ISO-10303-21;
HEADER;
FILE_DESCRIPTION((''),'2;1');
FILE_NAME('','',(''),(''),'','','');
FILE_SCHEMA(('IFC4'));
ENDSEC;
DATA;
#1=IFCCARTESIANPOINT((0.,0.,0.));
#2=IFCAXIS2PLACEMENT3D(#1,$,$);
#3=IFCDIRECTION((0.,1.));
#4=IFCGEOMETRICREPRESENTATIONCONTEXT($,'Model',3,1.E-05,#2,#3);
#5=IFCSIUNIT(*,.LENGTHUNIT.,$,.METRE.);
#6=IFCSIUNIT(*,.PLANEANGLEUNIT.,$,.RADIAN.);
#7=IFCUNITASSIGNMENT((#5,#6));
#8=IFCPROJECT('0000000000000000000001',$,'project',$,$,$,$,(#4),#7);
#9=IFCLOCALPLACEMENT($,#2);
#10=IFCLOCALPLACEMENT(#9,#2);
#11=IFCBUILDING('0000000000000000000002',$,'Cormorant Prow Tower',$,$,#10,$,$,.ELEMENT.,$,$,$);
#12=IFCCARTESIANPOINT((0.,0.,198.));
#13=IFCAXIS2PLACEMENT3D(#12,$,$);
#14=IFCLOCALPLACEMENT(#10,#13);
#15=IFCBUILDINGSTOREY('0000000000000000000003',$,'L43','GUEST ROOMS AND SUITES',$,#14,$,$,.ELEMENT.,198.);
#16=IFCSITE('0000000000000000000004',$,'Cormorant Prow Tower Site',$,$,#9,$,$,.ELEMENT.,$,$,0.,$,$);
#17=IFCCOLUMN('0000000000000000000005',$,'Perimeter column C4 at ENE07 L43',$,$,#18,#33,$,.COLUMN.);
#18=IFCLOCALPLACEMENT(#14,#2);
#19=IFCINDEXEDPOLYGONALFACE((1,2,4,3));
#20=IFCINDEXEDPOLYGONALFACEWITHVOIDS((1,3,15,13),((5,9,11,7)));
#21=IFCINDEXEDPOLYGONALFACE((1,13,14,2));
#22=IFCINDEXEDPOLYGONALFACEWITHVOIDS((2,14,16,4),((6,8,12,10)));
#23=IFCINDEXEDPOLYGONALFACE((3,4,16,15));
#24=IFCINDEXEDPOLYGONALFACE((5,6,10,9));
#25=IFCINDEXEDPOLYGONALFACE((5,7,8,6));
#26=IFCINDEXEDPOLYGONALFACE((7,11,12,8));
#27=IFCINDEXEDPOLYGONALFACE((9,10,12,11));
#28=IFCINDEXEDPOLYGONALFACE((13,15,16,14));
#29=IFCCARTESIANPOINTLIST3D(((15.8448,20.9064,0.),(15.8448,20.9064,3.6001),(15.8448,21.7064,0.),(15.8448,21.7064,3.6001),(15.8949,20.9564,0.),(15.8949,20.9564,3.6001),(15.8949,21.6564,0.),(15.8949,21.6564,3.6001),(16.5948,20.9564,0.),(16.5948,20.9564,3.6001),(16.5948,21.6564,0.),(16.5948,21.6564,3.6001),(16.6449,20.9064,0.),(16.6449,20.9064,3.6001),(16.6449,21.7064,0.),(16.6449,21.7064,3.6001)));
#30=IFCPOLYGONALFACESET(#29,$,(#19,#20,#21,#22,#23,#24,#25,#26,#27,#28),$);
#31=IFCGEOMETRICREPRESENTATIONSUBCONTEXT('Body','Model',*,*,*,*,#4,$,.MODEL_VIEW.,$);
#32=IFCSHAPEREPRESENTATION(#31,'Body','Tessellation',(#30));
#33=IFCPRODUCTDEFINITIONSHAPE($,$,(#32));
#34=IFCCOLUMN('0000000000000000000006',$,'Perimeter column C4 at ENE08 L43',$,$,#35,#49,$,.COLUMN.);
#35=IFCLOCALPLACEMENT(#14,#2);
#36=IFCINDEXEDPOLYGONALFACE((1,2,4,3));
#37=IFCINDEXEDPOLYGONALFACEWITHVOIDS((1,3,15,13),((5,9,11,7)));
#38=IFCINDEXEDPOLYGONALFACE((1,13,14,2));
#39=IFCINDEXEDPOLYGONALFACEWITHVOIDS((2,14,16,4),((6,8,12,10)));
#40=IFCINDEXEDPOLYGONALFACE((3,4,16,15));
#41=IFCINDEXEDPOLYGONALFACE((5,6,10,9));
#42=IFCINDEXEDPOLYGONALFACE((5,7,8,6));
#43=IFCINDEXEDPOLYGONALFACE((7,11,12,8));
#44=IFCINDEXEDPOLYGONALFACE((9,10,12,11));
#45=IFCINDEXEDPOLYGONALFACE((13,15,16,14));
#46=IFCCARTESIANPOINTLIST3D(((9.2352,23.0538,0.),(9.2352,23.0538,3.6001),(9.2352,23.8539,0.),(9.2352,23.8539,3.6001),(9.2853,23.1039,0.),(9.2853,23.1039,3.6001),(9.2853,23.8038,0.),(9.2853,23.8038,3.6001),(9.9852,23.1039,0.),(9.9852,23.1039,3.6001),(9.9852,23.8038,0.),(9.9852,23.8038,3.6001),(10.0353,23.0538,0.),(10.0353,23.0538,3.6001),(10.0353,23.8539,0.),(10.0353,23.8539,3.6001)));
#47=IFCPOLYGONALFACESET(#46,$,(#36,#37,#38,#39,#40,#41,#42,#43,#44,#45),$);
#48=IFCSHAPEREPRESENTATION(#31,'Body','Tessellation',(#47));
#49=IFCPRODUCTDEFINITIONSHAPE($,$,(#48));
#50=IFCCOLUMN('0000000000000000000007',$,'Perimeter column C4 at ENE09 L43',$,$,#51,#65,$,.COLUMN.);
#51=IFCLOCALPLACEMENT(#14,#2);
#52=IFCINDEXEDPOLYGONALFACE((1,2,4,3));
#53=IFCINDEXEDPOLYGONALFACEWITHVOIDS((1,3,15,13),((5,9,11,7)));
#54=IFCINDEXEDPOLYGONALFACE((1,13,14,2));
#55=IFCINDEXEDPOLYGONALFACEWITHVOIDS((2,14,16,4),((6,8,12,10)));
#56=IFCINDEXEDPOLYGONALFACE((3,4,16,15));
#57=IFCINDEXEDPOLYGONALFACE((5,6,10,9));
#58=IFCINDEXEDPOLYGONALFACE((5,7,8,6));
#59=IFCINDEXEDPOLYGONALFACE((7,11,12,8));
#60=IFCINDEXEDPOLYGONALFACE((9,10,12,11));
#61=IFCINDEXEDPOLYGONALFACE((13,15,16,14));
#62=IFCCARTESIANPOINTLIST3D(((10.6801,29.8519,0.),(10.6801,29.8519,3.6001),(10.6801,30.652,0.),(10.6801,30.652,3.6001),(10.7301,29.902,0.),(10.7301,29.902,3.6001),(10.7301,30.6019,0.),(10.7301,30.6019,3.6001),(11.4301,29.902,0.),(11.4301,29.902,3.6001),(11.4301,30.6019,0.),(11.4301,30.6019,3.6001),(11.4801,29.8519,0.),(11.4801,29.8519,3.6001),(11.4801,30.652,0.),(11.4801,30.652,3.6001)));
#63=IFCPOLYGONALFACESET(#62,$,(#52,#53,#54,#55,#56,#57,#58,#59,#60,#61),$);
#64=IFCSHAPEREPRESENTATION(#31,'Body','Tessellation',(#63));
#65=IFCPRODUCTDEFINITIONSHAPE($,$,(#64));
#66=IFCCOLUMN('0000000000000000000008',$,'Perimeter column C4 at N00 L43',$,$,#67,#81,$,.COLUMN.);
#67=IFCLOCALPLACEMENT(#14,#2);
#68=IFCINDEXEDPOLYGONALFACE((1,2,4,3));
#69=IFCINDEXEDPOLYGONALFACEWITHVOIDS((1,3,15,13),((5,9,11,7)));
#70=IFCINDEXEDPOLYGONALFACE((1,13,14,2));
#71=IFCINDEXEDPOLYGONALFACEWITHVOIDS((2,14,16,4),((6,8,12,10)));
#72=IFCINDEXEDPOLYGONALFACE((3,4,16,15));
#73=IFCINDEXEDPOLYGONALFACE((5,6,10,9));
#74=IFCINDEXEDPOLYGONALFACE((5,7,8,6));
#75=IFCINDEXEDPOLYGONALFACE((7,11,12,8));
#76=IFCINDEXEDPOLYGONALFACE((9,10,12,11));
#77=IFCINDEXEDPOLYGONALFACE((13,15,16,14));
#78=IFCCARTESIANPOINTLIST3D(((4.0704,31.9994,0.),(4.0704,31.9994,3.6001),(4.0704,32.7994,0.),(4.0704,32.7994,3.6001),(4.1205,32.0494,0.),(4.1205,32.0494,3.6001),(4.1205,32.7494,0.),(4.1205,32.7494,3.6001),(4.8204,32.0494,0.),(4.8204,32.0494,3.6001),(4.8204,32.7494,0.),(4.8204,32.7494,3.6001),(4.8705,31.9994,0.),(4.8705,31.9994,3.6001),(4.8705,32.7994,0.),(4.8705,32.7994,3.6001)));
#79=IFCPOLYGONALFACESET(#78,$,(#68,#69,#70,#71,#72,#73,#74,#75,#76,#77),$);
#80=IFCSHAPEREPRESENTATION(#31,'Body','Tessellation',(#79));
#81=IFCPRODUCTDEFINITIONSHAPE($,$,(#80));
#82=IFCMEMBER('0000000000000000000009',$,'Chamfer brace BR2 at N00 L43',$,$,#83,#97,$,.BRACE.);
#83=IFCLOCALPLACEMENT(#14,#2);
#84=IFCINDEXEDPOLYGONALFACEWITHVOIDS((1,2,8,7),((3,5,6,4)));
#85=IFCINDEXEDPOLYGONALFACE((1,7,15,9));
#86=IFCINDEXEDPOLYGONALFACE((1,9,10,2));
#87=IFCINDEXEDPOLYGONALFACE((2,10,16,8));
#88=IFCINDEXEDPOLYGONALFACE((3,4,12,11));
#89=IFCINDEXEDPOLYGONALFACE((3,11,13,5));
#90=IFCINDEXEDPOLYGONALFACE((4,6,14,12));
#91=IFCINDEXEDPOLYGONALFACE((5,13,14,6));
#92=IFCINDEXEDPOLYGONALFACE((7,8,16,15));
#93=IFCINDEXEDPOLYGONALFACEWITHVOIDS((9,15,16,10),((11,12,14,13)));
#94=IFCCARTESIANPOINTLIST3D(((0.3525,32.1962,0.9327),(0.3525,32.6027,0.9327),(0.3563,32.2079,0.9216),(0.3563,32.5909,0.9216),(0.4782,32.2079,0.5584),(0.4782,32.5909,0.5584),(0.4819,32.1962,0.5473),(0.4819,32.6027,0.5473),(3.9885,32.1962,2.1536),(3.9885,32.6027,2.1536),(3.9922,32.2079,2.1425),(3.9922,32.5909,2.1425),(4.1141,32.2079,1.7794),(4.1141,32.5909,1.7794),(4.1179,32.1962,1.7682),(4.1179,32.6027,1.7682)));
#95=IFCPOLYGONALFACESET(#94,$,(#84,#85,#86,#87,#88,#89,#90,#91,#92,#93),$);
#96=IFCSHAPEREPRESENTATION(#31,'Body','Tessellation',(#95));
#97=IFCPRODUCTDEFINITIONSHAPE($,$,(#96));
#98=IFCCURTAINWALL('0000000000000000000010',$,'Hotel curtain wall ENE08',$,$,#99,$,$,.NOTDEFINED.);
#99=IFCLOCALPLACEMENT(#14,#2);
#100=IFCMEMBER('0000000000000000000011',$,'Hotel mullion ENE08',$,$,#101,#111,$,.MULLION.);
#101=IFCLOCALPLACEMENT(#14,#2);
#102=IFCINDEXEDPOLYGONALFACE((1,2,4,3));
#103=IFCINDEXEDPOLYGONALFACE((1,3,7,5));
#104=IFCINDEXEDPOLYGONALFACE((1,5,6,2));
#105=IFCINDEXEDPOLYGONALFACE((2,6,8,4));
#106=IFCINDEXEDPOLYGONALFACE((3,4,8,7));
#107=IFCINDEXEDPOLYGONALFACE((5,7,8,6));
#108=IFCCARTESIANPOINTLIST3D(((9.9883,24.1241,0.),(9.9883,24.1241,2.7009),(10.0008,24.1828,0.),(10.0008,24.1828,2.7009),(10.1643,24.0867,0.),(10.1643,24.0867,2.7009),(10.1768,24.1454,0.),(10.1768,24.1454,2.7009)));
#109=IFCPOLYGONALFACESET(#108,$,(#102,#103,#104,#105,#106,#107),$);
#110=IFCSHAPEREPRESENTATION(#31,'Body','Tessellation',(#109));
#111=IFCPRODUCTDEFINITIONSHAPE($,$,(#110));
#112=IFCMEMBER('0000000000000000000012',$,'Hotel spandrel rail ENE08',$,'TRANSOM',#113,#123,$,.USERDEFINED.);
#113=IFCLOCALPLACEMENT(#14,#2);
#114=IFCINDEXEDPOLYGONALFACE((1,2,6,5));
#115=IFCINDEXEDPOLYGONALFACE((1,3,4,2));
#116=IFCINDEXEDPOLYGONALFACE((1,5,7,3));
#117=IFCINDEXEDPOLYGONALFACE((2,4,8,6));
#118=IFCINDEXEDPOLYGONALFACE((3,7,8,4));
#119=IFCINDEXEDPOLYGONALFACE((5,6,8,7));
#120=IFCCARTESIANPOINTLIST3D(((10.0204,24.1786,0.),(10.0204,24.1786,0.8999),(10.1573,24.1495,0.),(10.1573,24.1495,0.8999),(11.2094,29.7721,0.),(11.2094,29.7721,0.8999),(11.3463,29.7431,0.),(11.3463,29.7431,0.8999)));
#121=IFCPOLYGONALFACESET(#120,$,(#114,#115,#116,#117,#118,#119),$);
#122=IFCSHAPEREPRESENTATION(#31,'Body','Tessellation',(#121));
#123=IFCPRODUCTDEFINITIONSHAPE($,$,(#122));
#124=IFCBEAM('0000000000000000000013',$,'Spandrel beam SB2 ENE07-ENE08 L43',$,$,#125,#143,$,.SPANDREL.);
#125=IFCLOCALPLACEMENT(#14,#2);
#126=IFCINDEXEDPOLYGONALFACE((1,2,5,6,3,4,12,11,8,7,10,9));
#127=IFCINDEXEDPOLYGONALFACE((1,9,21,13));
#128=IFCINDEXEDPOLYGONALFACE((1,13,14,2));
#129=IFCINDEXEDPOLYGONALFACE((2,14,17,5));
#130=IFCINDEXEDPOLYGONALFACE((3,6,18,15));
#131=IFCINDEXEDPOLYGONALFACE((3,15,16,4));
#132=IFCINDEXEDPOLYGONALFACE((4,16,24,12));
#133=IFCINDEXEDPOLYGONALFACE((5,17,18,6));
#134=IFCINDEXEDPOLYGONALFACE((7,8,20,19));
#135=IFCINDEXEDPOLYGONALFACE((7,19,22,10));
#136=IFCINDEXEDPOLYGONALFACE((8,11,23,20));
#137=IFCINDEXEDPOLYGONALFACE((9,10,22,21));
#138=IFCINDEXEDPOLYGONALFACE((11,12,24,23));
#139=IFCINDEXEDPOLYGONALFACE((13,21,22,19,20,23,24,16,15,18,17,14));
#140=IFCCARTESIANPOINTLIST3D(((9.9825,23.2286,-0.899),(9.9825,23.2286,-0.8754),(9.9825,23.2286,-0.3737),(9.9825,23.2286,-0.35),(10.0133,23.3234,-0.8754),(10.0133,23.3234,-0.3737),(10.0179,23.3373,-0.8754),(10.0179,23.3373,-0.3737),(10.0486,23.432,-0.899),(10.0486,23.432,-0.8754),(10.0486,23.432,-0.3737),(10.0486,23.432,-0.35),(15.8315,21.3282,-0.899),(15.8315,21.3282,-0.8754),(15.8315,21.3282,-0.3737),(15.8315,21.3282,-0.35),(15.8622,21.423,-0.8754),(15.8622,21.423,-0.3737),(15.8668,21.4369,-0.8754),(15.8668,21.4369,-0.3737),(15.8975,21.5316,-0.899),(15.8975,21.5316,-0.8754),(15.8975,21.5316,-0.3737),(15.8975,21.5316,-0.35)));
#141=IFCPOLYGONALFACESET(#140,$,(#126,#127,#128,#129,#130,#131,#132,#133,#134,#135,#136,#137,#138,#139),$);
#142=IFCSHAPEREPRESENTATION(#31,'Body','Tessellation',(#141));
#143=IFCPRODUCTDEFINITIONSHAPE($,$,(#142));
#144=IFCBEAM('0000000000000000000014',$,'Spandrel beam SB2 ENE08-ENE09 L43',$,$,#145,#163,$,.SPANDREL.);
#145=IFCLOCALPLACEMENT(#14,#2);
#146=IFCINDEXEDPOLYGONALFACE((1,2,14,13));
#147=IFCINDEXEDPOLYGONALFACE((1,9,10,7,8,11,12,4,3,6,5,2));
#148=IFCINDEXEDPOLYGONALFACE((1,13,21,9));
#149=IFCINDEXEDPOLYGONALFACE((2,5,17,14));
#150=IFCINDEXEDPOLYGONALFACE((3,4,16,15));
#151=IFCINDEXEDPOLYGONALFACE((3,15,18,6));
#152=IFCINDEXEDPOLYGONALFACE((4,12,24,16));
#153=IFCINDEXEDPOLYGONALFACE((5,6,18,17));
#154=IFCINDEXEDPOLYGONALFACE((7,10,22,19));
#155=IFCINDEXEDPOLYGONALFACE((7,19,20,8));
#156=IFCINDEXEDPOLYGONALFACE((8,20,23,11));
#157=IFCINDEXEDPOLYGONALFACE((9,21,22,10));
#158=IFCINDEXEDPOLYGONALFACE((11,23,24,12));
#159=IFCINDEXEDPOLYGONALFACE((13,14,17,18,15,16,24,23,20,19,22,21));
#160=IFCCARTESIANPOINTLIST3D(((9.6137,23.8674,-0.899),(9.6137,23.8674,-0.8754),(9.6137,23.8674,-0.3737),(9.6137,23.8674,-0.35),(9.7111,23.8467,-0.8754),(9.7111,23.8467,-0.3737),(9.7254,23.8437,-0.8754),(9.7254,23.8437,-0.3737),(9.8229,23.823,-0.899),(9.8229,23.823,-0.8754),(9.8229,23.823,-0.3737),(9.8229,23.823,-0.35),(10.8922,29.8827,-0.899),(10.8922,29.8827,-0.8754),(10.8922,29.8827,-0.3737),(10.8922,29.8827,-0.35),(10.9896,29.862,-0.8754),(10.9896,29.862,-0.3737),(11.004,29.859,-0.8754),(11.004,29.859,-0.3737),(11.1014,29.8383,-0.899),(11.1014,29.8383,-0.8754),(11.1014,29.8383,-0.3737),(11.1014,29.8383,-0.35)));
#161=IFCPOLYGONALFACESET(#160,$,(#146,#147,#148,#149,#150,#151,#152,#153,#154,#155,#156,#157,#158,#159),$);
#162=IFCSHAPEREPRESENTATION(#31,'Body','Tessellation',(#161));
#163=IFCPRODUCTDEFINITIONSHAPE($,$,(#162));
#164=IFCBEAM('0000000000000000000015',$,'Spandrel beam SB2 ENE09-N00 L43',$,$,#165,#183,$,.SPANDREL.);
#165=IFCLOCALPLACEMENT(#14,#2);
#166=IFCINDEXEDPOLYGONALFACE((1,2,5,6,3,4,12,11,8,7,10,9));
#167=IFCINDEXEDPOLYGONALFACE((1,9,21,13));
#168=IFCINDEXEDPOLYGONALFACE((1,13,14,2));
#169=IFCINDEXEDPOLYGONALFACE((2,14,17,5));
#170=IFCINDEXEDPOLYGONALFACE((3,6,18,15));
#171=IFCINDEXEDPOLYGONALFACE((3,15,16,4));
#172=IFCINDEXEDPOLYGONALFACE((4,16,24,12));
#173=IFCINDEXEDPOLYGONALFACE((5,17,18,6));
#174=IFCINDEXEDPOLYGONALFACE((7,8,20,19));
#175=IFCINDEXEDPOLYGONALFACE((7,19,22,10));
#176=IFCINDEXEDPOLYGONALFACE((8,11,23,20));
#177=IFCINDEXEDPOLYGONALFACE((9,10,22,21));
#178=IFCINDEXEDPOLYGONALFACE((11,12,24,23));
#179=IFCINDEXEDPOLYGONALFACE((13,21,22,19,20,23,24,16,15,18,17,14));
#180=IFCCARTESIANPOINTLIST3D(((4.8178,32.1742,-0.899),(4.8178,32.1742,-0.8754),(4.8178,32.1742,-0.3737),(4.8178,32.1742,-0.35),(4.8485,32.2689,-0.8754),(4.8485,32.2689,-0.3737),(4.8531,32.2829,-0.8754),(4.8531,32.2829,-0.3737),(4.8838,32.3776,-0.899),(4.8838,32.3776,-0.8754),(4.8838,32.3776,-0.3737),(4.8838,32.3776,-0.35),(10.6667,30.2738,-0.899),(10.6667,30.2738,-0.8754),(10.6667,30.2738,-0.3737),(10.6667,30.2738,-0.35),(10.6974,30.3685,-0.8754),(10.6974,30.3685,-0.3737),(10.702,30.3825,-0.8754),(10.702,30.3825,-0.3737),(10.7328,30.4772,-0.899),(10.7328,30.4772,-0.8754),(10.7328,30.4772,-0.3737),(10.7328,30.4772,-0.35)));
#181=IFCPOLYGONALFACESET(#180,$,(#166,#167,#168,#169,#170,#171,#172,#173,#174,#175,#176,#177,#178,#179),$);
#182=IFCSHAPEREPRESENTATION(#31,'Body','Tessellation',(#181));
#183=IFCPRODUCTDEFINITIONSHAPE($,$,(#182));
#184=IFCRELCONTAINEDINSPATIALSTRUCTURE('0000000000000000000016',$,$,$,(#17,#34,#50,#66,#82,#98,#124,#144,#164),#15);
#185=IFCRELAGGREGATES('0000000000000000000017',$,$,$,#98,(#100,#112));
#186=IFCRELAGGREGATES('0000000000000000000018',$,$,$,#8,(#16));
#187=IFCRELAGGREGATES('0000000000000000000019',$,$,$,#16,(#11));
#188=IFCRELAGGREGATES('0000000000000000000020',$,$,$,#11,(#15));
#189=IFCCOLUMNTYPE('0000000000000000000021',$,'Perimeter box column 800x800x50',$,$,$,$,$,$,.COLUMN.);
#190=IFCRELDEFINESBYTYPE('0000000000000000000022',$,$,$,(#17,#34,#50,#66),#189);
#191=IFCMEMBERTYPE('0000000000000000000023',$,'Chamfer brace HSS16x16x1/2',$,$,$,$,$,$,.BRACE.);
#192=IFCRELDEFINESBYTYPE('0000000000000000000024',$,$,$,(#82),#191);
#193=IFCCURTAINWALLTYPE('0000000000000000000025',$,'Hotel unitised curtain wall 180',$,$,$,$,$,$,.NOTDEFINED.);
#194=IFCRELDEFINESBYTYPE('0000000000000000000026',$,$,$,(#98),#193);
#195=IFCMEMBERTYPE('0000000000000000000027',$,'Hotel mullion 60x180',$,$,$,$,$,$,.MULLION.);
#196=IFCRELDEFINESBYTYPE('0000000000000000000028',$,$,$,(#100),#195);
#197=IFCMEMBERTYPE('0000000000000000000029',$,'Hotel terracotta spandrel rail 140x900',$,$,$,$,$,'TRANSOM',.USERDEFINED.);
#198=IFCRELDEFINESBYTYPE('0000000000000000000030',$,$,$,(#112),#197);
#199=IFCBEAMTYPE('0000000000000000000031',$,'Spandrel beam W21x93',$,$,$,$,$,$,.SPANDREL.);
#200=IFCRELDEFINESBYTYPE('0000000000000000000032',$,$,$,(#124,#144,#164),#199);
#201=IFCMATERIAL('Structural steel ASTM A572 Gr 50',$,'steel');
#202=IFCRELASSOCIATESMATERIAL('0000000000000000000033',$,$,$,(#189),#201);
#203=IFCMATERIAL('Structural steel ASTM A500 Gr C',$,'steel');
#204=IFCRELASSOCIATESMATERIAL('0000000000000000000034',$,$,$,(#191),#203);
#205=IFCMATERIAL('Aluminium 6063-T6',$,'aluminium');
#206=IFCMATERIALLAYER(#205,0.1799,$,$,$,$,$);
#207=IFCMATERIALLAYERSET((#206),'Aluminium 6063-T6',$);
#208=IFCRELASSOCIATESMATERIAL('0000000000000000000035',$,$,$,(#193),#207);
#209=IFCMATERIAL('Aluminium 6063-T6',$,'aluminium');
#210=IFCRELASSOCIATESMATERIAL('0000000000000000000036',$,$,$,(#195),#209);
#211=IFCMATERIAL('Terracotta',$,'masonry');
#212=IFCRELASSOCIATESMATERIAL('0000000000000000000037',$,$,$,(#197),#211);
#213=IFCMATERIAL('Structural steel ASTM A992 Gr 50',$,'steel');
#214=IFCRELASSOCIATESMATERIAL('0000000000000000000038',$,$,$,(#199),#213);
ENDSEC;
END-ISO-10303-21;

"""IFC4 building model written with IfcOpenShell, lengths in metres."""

from ifc_helpers import new_model, si_unit, direction, frame, origin, origin_2d, place, context, subcontext, project, spatial, rectangle, hollow_rectangle, i_section, extrude, material, layer, layer_set, material_profile, profile_set, type_object, element, aggregate, save


model = new_model("IFC4")

# Units and contexts
model_context = context("Model", 3, precision=1e-05, world=origin(), true_north=direction((0.0, 1.0)))
body_context = subcontext(model_context, "Body", "Model", "MODEL_VIEW")
ifc_project = project(units=[si_unit("LENGTHUNIT", "METRE"), si_unit("PLANEANGLEUNIT", "RADIAN")], contexts=[model_context])

# Site, building, storey
site_placement = place(None, origin())
site = spatial("IfcSite", under=ifc_project, at=site_placement, Name="Cormorant Prow Tower Site", CompositionType="ELEMENT", RefElevation=0.0)
building_placement = place(site_placement, origin())
building = spatial("IfcBuilding", under=site, at=building_placement, Name="Cormorant Prow Tower", CompositionType="ELEMENT")
storey_placement = place(building_placement, frame((0.0, 0.0, 198.0)))
storey = spatial("IfcBuildingStorey", under=building, at=storey_placement, Name="L43", Description="GUEST ROOMS AND SUITES", CompositionType="ELEMENT", Elevation=198.0)

# Columns
ifc_material_1 = material(Name="Structural steel ASTM A572 Gr 50", Category="steel")
ifc_material_profile_1 = material_profile(ifc_material_1, hollow_rectangle(XDim=0.8, YDim=0.8, WallThickness=0.05, at=origin_2d()), Name="Box 800x800x50")
ifc_profile_set_1 = profile_set([ifc_material_profile_1], Name="Structural steel ASTM A572 Gr 50")
column_type = type_object("IfcColumnType", Name="Perimeter box column 800x800x50", PredefinedType="COLUMN", material=ifc_profile_set_1)
for number, where, z_axis, x_axis, name in (
    (1, (16.2449, 21.3064, 0.0), (0.0, 0.0, 1.0), (1.0, 0.0, 0.0), "Perimeter column C4 at ENE07 L43"),
    (2, (9.6353, 23.4539, 0.0), (0.0, 0.0, 1.0), (1.0, 0.0, 0.0), "Perimeter column C4 at ENE08 L43"),
    (3, (11.0801, 30.252, 0.0), (0.0, 0.0, 1.0), (1.0, 0.0, 0.0), "Perimeter column C4 at ENE09 L43"),
    (4, (4.4705, 32.3994, 0.0), (0.0, 0.0, 1.0), (1.0, 0.0, 0.0), "Perimeter column C4 at N00 L43"),
):
    element("IfcColumn", number, at=place(storey_placement, frame(where, z_axis=z_axis, x_axis=x_axis)), inside=storey, type_object=column_type, Name=name, PredefinedType="COLUMN", context=body_context, shape_type="SweptSolid", body=[
        extrude(hollow_rectangle(XDim=0.8, YDim=0.8, WallThickness=0.05, at=origin_2d()), origin(), (0.0, 0.0, 1.0), 3.6001),
    ])

# Member
ifc_material_2 = material(Name="Structural steel ASTM A500 Gr C", Category="steel")
ifc_material_profile_2 = material_profile(ifc_material_2, hollow_rectangle(XDim=0.4065, YDim=0.4065, WallThickness=0.0117, at=origin_2d()), Name="HSS16x16x1/2")
ifc_profile_set_2 = profile_set([ifc_material_profile_2], Name="Structural steel ASTM A500 Gr C")
member_type_1 = type_object("IfcMemberType", Name="Chamfer brace HSS16x16x1/2", PredefinedType="BRACE", material=ifc_profile_set_2)
member_1_placement = place(storey_placement, frame((0.4172, 32.3994, 0.74), z_axis=(0.947981, 0.0, 0.318328), x_axis=(0.0, 1.0, 0.0)))
element("IfcMember", 5, at=member_1_placement, inside=storey, type_object=member_type_1, Name="Chamfer brace BR2 at N00 L43", PredefinedType="BRACE", context=body_context, shape_type="SweptSolid", body=[
    extrude(hollow_rectangle(XDim=0.4065, YDim=0.4065, WallThickness=0.0117, at=origin_2d()), origin(), (0.0, 0.0, 1.0), 3.8354),
])

# Curtain wall, members
ifc_material_3 = material(Name="Aluminium 6063-T6", Category="aluminium")
ifc_layer_1 = layer(ifc_material_3, 0.1799)
ifc_layer_set_1 = layer_set([ifc_layer_1], Name="Aluminium 6063-T6")
curtain_wall_type = type_object("IfcCurtainWallType", Name="Hotel unitised curtain wall 180", PredefinedType="NOTDEFINED", material=ifc_layer_set_1)
curtain_wall_1_placement = place(storey_placement, origin())
curtain_wall_1 = element("IfcCurtainWall", 6, at=curtain_wall_1_placement, inside=storey, type_object=curtain_wall_type, Name="Hotel curtain wall ENE08", PredefinedType="NOTDEFINED")
ifc_material_4 = material(Name="Aluminium 6063-T6", Category="aluminium")
ifc_material_profile_3 = material_profile(ifc_material_4, rectangle(XDim=0.1799, YDim=0.0601, at=origin_2d()), Name="Hotel mullion 60x180")
ifc_profile_set_3 = profile_set([ifc_material_profile_3], Name="Aluminium 6063-T6")
member_type_2 = type_object("IfcMemberType", Name="Hotel mullion 60x180", PredefinedType="MULLION", material=ifc_profile_set_3)
member_2_placement = place(storey_placement, frame((10.0825, 24.1348, 0.0), z_axis=(0.0, 0.0, 1.0), x_axis=(-0.978148, 0.207912, 0.0)))
member_2 = element("IfcMember", 7, at=member_2_placement, type_object=member_type_2, Name="Hotel mullion ENE08", PredefinedType="MULLION", context=body_context, shape_type="SweptSolid", body=[
    extrude(rectangle(XDim=0.1799, YDim=0.0601, at=origin_2d()), origin(), (0.0, 0.0, 1.0), 2.7009),
])
ifc_material_5 = material(Name="Terracotta", Category="masonry")
ifc_material_profile_4 = material_profile(ifc_material_5, rectangle(XDim=0.1399, YDim=0.8999, at=origin_2d()), Name="Hotel terracotta spandrel rail 140x900")
ifc_profile_set_4 = profile_set([ifc_material_profile_4], Name="Terracotta")
member_type_3 = type_object("IfcMemberType", Name="Hotel terracotta spandrel rail 140x900", ElementType="TRANSOM", PredefinedType="USERDEFINED", material=ifc_profile_set_4)
member_3_placement = place(storey_placement, frame((10.0889, 24.1641, 0.45), z_axis=(0.207916, 0.978147, 0.0), x_axis=(-0.978147, 0.207916, 0.0)))
member_3 = element("IfcMember", 8, at=member_3_placement, type_object=member_type_3, Name="Hotel spandrel rail ENE08", ObjectType="TRANSOM", PredefinedType="USERDEFINED", context=body_context, shape_type="SweptSolid", body=[
    extrude(rectangle(XDim=0.1399, YDim=0.8999, at=origin_2d()), origin(), (0.0, 0.0, 1.0), 5.7185),
])

# Beams
ifc_material_6 = material(Name="Structural steel ASTM A992 Gr 50", Category="steel")
ifc_material_profile_5 = material_profile(ifc_material_6, i_section(OverallWidth=0.2139, OverallDepth=0.5491, WebThickness=0.0146, FlangeThickness=0.0237, at=origin_2d()), Name="W21x93")
ifc_profile_set_5 = profile_set([ifc_material_profile_5], Name="Structural steel ASTM A992 Gr 50")
beam_type = type_object("IfcBeamType", Name="Spandrel beam W21x93", PredefinedType="SPANDREL", material=ifc_profile_set_5)
beam_1_placement = place(storey_placement, frame((15.8645, 21.4299, -0.6245), z_axis=(-0.951058, 0.309013, 0.0), x_axis=(-0.309013, -0.951058, 0.0)))
element("IfcBeam", 9, at=beam_1_placement, inside=storey, type_object=beam_type, Name="Spandrel beam SB2 ENE07-ENE08 L43", PredefinedType="SPANDREL", context=body_context, shape_type="SweptSolid", body=[
    extrude(i_section(OverallWidth=0.2139, OverallDepth=0.5491, WebThickness=0.0146, FlangeThickness=0.0237, at=origin_2d()), origin(), (0.0, 0.0, 1.0), 6.1499),
])
beam_2_placement = place(storey_placement, frame((9.7183, 23.8452, -0.6245), z_axis=(0.207905, 0.978149, 0.0), x_axis=(-0.978149, 0.207905, 0.0)))
element("IfcBeam", 10, at=beam_2_placement, inside=storey, type_object=beam_type, Name="Spandrel beam SB2 ENE08-ENE09 L43", PredefinedType="SPANDREL", context=body_context, shape_type="SweptSolid", body=[
    extrude(i_section(OverallWidth=0.2139, OverallDepth=0.5491, WebThickness=0.0146, FlangeThickness=0.0237, at=origin_2d()), origin(), (0.0, 0.0, 1.0), 6.1497),
])
beam_3_placement = place(storey_placement, frame((10.6997, 30.3755, -0.6245), z_axis=(-0.951058, 0.309013, 0.0), x_axis=(-0.309013, -0.951058, 0.0)))
element("IfcBeam", 11, at=beam_3_placement, inside=storey, type_object=beam_type, Name="Spandrel beam SB2 ENE09-N00 L43", PredefinedType="SPANDREL", context=body_context, shape_type="SweptSolid", body=[
    extrude(i_section(OverallWidth=0.2139, OverallDepth=0.5491, WebThickness=0.0146, FlangeThickness=0.0237, at=origin_2d()), origin(), (0.0, 0.0, 1.0), 6.1499),
])

aggregate(curtain_wall_1, [member_2, member_3])

save(model, "model.ifc")
